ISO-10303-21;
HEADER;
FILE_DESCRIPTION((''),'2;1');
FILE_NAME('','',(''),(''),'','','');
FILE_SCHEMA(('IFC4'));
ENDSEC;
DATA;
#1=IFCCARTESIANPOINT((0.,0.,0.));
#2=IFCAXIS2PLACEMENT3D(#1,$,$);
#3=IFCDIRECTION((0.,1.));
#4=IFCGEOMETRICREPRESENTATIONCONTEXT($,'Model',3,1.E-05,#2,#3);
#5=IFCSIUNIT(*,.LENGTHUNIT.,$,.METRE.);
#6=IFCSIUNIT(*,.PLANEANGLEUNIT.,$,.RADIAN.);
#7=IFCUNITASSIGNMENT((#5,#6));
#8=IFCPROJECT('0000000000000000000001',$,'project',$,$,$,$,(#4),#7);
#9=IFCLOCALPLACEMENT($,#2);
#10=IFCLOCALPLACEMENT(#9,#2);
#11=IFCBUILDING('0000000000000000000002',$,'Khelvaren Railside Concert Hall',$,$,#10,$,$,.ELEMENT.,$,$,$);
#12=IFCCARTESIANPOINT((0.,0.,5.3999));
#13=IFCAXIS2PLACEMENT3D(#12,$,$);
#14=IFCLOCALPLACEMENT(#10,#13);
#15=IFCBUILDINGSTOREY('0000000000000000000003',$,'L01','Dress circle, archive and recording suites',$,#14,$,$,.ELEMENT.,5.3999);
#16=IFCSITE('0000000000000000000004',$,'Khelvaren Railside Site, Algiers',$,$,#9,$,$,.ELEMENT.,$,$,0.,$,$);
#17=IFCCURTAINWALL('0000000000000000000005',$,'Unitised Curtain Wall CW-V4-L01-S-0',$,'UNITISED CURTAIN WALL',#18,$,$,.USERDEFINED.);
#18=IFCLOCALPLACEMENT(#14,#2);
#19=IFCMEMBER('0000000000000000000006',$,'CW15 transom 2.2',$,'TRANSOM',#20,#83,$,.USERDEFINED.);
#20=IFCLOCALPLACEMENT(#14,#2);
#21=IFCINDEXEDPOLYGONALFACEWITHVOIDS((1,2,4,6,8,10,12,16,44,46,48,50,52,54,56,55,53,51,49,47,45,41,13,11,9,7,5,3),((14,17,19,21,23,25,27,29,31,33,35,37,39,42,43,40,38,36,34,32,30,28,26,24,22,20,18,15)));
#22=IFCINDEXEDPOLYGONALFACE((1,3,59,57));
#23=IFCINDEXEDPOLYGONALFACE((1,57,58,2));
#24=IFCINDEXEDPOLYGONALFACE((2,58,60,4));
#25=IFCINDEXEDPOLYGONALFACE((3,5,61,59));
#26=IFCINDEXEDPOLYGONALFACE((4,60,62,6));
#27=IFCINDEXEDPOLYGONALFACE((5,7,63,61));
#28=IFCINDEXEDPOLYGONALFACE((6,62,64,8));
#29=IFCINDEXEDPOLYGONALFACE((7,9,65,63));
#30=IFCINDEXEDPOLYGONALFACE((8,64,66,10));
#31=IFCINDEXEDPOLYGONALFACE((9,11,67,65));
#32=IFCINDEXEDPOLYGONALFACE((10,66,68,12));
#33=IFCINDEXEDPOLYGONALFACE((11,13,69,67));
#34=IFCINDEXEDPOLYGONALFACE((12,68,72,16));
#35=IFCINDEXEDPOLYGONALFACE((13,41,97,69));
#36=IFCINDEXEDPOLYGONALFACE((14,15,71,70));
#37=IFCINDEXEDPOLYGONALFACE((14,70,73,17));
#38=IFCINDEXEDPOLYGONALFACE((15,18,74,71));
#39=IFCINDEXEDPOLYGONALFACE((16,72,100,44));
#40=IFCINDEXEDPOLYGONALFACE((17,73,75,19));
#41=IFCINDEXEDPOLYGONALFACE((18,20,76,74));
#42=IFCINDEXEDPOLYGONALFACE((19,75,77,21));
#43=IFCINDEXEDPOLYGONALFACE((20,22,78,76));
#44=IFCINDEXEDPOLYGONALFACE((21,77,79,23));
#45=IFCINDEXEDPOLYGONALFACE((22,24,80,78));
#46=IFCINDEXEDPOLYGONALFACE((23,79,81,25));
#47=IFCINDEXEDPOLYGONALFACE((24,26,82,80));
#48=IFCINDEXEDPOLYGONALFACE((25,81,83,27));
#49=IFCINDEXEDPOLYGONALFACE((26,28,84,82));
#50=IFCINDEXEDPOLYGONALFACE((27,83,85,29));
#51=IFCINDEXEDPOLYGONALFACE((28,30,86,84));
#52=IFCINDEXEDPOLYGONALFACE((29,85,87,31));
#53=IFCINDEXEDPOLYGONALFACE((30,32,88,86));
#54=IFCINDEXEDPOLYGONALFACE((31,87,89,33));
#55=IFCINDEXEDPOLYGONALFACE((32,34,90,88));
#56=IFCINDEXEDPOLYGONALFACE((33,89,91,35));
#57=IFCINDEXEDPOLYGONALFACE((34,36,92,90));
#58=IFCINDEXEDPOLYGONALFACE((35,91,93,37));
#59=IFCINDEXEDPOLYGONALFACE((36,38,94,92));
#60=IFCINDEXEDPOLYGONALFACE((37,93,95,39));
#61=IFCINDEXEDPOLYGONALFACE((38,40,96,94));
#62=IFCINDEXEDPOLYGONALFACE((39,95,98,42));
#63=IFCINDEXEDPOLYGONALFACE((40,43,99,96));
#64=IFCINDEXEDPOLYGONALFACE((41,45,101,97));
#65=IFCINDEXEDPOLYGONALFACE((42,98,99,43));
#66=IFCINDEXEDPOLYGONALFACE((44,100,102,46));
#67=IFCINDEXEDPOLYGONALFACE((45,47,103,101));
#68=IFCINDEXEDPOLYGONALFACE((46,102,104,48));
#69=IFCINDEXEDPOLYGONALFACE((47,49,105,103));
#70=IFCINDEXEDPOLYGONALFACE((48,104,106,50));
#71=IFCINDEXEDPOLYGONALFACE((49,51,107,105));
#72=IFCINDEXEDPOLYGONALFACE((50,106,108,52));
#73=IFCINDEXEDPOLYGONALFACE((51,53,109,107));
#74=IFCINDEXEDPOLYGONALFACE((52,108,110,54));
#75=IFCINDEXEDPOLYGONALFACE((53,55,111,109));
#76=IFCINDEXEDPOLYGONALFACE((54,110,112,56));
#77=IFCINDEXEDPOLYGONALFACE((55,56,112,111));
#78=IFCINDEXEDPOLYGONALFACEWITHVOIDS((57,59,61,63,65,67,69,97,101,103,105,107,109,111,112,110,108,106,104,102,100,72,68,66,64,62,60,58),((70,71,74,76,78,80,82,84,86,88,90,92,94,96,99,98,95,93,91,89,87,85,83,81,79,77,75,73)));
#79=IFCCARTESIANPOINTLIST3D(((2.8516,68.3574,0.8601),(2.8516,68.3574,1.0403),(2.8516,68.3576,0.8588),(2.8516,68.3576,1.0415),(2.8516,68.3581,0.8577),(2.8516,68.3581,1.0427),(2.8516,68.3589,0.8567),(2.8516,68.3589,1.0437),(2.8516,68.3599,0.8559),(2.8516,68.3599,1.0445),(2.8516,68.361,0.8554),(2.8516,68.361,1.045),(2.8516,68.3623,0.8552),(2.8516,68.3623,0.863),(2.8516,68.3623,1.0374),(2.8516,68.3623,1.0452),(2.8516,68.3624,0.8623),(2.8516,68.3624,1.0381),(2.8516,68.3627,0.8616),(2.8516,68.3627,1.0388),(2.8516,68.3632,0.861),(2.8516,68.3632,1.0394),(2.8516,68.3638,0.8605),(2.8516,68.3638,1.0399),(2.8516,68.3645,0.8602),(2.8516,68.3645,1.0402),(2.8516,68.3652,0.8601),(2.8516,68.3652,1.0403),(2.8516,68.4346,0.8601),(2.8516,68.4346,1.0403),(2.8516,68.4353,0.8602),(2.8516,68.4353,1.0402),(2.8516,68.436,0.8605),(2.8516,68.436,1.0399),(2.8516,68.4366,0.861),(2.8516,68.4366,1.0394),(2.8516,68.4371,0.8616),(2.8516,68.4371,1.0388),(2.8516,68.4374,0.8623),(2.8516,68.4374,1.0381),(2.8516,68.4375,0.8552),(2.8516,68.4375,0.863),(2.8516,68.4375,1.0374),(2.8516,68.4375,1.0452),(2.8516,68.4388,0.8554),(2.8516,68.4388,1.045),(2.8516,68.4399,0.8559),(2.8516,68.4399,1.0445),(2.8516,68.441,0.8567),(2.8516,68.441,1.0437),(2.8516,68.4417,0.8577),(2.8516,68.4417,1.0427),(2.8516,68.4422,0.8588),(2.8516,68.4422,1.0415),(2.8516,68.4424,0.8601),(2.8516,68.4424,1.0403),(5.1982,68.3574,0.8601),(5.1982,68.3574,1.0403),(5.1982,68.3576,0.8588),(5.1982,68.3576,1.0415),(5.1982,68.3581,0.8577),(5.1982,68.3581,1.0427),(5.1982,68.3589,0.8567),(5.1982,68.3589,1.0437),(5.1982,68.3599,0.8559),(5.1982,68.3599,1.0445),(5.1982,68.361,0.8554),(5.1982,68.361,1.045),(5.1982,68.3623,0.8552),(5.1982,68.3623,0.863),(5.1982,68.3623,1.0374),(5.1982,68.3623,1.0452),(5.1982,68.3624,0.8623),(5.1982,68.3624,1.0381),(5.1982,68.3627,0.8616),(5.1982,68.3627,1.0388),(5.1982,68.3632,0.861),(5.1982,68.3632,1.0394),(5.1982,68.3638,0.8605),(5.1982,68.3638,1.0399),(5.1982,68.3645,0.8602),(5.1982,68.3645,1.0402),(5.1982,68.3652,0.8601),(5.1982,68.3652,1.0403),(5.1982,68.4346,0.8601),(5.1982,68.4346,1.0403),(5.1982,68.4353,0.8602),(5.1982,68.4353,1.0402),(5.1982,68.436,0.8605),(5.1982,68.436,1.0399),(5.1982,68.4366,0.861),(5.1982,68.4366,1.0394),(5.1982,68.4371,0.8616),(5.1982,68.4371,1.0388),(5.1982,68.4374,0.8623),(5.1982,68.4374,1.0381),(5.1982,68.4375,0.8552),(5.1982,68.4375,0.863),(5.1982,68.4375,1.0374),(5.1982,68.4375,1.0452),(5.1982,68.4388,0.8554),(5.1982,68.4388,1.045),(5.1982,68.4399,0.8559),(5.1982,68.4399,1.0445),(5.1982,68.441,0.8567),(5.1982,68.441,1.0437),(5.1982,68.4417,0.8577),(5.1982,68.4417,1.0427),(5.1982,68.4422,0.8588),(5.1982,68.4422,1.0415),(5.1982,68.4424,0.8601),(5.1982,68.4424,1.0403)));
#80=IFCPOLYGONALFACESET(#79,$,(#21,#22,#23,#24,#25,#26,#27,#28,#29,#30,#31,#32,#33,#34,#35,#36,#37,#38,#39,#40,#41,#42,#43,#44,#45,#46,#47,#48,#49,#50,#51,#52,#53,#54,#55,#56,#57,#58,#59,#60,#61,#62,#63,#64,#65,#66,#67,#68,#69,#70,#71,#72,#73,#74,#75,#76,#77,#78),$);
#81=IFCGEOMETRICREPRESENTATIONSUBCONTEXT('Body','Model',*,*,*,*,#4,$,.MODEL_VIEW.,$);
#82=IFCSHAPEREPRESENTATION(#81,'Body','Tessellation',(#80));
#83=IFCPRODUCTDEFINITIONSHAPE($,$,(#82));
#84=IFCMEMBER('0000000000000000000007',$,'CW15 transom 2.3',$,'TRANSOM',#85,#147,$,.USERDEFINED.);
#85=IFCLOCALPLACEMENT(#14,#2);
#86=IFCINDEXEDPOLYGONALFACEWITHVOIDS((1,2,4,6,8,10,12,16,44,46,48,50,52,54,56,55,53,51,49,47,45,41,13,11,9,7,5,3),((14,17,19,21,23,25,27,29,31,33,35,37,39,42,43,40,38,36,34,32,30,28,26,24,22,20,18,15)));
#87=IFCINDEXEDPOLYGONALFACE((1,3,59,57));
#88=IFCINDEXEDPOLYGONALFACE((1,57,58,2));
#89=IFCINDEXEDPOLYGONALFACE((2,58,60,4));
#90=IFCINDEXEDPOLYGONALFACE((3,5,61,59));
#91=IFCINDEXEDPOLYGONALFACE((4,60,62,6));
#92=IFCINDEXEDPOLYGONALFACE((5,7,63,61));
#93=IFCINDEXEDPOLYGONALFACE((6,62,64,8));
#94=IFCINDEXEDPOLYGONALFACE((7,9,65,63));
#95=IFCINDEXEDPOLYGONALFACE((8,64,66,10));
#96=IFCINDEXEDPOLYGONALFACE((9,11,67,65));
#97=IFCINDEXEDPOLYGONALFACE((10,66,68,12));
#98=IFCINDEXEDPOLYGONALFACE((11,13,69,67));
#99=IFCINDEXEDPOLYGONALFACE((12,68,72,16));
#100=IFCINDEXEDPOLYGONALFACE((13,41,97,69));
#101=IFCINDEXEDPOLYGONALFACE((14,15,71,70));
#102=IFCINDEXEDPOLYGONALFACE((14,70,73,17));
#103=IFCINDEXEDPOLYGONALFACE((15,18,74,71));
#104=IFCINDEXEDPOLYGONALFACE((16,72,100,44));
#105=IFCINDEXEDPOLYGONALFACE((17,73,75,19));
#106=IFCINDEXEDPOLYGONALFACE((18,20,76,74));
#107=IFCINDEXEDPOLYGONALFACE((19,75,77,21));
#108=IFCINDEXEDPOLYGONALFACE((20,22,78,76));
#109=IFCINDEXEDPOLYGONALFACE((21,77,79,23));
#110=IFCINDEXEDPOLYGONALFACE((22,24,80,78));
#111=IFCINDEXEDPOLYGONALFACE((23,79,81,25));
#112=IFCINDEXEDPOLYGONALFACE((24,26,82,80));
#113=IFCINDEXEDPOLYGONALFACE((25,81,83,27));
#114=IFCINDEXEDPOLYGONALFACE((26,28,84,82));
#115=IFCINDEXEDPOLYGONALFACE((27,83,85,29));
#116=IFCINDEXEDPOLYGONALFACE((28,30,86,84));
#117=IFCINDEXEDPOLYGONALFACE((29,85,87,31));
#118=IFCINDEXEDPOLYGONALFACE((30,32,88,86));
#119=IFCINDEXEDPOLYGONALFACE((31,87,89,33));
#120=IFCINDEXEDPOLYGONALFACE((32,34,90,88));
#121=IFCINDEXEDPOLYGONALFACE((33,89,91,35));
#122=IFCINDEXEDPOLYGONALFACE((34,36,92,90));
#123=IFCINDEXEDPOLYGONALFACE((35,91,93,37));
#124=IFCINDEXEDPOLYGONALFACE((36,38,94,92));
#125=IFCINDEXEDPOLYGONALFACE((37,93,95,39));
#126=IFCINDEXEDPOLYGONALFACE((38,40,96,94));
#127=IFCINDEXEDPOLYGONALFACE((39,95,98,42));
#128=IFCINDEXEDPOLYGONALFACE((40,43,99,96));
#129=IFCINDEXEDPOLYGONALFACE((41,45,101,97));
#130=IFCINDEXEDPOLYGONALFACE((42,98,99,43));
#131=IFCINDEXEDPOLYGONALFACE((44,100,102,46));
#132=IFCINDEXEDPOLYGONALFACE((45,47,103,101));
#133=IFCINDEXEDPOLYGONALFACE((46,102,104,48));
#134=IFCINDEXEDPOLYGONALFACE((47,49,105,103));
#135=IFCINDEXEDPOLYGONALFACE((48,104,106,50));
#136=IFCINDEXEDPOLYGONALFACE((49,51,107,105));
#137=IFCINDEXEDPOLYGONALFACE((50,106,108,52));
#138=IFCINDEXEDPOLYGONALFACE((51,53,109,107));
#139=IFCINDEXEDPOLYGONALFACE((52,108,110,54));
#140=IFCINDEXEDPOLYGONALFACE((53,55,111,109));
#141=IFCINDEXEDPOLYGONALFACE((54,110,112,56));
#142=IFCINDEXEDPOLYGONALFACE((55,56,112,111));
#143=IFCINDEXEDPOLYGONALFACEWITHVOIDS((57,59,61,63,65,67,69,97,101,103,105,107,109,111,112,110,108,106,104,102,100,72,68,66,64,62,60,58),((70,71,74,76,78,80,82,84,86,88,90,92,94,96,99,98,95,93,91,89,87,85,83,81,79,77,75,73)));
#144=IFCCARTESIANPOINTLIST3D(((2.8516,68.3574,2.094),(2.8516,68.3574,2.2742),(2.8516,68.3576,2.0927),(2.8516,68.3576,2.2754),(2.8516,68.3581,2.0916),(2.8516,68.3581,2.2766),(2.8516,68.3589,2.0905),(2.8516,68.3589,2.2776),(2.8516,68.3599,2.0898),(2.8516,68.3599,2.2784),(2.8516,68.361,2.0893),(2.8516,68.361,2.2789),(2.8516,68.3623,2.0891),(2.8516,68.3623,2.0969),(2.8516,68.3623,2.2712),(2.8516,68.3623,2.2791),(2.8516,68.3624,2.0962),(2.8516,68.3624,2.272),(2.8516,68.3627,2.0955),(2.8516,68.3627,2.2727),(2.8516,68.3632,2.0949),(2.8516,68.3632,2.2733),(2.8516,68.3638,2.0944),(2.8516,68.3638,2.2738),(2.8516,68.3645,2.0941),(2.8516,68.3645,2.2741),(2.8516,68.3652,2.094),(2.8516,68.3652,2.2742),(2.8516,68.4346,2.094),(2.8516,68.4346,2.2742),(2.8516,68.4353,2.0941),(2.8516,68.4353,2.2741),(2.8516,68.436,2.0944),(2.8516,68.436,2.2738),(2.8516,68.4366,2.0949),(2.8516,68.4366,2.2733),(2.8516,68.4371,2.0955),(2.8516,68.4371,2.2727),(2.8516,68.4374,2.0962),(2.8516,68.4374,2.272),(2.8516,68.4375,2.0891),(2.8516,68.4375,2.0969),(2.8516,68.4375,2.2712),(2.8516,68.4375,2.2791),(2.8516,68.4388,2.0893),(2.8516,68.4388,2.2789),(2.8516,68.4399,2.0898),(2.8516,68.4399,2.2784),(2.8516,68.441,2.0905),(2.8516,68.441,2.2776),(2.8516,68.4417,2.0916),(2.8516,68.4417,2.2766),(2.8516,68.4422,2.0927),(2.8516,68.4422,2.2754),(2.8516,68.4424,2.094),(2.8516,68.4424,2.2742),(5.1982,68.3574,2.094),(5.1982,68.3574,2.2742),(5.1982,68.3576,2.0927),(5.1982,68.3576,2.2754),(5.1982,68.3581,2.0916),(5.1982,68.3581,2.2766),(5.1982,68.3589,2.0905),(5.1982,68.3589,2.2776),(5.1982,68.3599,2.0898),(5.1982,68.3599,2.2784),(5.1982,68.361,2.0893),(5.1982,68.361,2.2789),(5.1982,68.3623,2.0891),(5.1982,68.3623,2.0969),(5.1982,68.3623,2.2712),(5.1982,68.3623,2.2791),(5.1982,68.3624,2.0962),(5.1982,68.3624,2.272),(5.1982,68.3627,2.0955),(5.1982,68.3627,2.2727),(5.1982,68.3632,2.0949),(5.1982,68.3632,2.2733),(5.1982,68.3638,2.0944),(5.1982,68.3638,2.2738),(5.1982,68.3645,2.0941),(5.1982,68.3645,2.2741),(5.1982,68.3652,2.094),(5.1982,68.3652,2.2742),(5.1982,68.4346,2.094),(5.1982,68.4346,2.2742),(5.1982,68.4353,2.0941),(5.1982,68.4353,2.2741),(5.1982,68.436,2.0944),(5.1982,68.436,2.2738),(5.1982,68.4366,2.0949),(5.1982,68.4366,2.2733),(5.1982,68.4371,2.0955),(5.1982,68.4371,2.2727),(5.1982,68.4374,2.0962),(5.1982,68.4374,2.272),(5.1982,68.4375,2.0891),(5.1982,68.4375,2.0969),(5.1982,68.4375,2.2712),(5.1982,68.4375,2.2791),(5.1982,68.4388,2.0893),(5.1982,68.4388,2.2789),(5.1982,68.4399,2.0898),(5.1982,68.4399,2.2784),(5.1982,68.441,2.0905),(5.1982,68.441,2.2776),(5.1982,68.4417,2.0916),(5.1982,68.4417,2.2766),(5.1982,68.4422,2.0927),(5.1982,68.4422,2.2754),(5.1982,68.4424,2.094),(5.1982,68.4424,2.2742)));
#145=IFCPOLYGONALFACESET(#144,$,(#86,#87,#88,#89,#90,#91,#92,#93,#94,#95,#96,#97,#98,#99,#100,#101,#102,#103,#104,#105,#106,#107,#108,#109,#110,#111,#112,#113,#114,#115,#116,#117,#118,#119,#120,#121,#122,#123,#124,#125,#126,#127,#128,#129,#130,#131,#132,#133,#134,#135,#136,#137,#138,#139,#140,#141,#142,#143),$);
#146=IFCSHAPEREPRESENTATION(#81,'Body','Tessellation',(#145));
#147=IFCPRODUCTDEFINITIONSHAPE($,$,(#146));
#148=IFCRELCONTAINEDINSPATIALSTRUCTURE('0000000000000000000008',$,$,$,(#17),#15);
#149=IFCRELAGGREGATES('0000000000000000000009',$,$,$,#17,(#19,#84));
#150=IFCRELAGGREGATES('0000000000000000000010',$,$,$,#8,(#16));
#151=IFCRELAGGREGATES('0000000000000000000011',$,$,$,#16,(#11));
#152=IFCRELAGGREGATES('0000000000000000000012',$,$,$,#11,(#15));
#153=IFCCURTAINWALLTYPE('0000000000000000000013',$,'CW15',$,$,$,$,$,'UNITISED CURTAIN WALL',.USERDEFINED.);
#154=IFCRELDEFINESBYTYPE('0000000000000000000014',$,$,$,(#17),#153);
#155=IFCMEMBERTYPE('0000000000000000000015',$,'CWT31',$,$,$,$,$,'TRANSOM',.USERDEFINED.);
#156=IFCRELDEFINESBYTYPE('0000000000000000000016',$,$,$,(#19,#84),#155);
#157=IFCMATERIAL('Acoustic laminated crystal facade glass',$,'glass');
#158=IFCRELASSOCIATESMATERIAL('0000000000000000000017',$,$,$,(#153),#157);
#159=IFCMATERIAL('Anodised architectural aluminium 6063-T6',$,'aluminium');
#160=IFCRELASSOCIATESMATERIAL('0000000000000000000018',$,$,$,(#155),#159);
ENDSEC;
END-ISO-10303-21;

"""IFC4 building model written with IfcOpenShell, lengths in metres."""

from ifc_helpers import new_model, si_unit, direction, frame, origin, origin_2d, place, context, subcontext, project, spatial, hollow_rectangle, extrude, material, material_profile, profile_set, type_object, element, aggregate, save


model = new_model("IFC4")

# Units and contexts
model_context = context("Model", 3, precision=1e-05, world=origin(), true_north=direction((0.0, 1.0)))
body_context = subcontext(model_context, "Body", "Model", "MODEL_VIEW")
ifc_project = project(units=[si_unit("LENGTHUNIT", "METRE"), si_unit("PLANEANGLEUNIT", "RADIAN")], contexts=[model_context])

# Site, building, storey
site_placement = place(None, origin())
site = spatial("IfcSite", under=ifc_project, at=site_placement, Name="Khelvaren Railside Site, Algiers", CompositionType="ELEMENT", RefElevation=0.0)
building_placement = place(site_placement, origin())
building = spatial("IfcBuilding", under=site, at=building_placement, Name="Khelvaren Railside Concert Hall", CompositionType="ELEMENT")
storey_placement = place(building_placement, frame((0.0, 0.0, 5.3999)))
storey = spatial("IfcBuildingStorey", under=building, at=storey_placement, Name="L01", Description="Dress circle, archive and recording suites", CompositionType="ELEMENT", Elevation=5.3999)

# Curtain wall, members
ifc_material_1 = material(Name="Acoustic laminated crystal facade glass", Category="glass")
curtain_wall_type = type_object("IfcCurtainWallType", Name="CW15", ElementType="UNITISED CURTAIN WALL", PredefinedType="USERDEFINED", material=ifc_material_1)
curtain_wall_placement = place(storey_placement, origin())
curtain_wall = element("IfcCurtainWall", 1, at=curtain_wall_placement, inside=storey, type_object=curtain_wall_type, Name="Unitised Curtain Wall CW-V4-L01-S-0", ObjectType="UNITISED CURTAIN WALL", PredefinedType="USERDEFINED")
ifc_material_2 = material(Name="Anodised architectural aluminium 6063-T6", Category="aluminium")
ifc_material_profile_1 = material_profile(ifc_material_2, hollow_rectangle(XDim=0.085, YDim=0.1899, WallThickness=0.0049, InnerFilletRadius=0.0029, OuterFilletRadius=0.0049, at=origin_2d()), Name="CWT 85x190x5")
ifc_profile_set_1 = profile_set([ifc_material_profile_1], Name="Anodised architectural aluminium 6063-T6")
member_type_1 = type_object("IfcMemberType", Name="CWT31", ElementType="TRANSOM", PredefinedType="USERDEFINED", material=ifc_profile_set_1)
member_1_placement = place(storey_placement, frame((5.1982, 68.3999, 0.9502), z_axis=(-1.0, 0.0, 0.0), x_axis=(0.0, -1.0, 0.0)))
member_1 = element("IfcMember", 2, at=member_1_placement, type_object=member_type_1, Name="CW15 transom 2.2", ObjectType="TRANSOM", PredefinedType="USERDEFINED", context=body_context, shape_type="SweptSolid", body=[
    extrude(hollow_rectangle(XDim=0.085, YDim=0.1899, WallThickness=0.0049, InnerFilletRadius=0.0029, OuterFilletRadius=0.0049, at=origin_2d()), origin(), (0.0, 0.0, 1.0), 2.3467),
])
member_2_placement = place(storey_placement, frame((5.1982, 68.3999, 2.1841), z_axis=(-1.0, 0.0, 0.0), x_axis=(0.0, -1.0, 0.0)))
member_2 = element("IfcMember", 3, at=member_2_placement, type_object=member_type_1, Name="CW15 transom 2.3", ObjectType="TRANSOM", PredefinedType="USERDEFINED", context=body_context, shape_type="SweptSolid", body=[
    extrude(hollow_rectangle(XDim=0.085, YDim=0.1899, WallThickness=0.0049, InnerFilletRadius=0.0029, OuterFilletRadius=0.0049, at=origin_2d()), origin(), (0.0, 0.0, 1.0), 2.3467),
])

aggregate(curtain_wall, [member_1, member_2])

save(model, "model.ifc")
